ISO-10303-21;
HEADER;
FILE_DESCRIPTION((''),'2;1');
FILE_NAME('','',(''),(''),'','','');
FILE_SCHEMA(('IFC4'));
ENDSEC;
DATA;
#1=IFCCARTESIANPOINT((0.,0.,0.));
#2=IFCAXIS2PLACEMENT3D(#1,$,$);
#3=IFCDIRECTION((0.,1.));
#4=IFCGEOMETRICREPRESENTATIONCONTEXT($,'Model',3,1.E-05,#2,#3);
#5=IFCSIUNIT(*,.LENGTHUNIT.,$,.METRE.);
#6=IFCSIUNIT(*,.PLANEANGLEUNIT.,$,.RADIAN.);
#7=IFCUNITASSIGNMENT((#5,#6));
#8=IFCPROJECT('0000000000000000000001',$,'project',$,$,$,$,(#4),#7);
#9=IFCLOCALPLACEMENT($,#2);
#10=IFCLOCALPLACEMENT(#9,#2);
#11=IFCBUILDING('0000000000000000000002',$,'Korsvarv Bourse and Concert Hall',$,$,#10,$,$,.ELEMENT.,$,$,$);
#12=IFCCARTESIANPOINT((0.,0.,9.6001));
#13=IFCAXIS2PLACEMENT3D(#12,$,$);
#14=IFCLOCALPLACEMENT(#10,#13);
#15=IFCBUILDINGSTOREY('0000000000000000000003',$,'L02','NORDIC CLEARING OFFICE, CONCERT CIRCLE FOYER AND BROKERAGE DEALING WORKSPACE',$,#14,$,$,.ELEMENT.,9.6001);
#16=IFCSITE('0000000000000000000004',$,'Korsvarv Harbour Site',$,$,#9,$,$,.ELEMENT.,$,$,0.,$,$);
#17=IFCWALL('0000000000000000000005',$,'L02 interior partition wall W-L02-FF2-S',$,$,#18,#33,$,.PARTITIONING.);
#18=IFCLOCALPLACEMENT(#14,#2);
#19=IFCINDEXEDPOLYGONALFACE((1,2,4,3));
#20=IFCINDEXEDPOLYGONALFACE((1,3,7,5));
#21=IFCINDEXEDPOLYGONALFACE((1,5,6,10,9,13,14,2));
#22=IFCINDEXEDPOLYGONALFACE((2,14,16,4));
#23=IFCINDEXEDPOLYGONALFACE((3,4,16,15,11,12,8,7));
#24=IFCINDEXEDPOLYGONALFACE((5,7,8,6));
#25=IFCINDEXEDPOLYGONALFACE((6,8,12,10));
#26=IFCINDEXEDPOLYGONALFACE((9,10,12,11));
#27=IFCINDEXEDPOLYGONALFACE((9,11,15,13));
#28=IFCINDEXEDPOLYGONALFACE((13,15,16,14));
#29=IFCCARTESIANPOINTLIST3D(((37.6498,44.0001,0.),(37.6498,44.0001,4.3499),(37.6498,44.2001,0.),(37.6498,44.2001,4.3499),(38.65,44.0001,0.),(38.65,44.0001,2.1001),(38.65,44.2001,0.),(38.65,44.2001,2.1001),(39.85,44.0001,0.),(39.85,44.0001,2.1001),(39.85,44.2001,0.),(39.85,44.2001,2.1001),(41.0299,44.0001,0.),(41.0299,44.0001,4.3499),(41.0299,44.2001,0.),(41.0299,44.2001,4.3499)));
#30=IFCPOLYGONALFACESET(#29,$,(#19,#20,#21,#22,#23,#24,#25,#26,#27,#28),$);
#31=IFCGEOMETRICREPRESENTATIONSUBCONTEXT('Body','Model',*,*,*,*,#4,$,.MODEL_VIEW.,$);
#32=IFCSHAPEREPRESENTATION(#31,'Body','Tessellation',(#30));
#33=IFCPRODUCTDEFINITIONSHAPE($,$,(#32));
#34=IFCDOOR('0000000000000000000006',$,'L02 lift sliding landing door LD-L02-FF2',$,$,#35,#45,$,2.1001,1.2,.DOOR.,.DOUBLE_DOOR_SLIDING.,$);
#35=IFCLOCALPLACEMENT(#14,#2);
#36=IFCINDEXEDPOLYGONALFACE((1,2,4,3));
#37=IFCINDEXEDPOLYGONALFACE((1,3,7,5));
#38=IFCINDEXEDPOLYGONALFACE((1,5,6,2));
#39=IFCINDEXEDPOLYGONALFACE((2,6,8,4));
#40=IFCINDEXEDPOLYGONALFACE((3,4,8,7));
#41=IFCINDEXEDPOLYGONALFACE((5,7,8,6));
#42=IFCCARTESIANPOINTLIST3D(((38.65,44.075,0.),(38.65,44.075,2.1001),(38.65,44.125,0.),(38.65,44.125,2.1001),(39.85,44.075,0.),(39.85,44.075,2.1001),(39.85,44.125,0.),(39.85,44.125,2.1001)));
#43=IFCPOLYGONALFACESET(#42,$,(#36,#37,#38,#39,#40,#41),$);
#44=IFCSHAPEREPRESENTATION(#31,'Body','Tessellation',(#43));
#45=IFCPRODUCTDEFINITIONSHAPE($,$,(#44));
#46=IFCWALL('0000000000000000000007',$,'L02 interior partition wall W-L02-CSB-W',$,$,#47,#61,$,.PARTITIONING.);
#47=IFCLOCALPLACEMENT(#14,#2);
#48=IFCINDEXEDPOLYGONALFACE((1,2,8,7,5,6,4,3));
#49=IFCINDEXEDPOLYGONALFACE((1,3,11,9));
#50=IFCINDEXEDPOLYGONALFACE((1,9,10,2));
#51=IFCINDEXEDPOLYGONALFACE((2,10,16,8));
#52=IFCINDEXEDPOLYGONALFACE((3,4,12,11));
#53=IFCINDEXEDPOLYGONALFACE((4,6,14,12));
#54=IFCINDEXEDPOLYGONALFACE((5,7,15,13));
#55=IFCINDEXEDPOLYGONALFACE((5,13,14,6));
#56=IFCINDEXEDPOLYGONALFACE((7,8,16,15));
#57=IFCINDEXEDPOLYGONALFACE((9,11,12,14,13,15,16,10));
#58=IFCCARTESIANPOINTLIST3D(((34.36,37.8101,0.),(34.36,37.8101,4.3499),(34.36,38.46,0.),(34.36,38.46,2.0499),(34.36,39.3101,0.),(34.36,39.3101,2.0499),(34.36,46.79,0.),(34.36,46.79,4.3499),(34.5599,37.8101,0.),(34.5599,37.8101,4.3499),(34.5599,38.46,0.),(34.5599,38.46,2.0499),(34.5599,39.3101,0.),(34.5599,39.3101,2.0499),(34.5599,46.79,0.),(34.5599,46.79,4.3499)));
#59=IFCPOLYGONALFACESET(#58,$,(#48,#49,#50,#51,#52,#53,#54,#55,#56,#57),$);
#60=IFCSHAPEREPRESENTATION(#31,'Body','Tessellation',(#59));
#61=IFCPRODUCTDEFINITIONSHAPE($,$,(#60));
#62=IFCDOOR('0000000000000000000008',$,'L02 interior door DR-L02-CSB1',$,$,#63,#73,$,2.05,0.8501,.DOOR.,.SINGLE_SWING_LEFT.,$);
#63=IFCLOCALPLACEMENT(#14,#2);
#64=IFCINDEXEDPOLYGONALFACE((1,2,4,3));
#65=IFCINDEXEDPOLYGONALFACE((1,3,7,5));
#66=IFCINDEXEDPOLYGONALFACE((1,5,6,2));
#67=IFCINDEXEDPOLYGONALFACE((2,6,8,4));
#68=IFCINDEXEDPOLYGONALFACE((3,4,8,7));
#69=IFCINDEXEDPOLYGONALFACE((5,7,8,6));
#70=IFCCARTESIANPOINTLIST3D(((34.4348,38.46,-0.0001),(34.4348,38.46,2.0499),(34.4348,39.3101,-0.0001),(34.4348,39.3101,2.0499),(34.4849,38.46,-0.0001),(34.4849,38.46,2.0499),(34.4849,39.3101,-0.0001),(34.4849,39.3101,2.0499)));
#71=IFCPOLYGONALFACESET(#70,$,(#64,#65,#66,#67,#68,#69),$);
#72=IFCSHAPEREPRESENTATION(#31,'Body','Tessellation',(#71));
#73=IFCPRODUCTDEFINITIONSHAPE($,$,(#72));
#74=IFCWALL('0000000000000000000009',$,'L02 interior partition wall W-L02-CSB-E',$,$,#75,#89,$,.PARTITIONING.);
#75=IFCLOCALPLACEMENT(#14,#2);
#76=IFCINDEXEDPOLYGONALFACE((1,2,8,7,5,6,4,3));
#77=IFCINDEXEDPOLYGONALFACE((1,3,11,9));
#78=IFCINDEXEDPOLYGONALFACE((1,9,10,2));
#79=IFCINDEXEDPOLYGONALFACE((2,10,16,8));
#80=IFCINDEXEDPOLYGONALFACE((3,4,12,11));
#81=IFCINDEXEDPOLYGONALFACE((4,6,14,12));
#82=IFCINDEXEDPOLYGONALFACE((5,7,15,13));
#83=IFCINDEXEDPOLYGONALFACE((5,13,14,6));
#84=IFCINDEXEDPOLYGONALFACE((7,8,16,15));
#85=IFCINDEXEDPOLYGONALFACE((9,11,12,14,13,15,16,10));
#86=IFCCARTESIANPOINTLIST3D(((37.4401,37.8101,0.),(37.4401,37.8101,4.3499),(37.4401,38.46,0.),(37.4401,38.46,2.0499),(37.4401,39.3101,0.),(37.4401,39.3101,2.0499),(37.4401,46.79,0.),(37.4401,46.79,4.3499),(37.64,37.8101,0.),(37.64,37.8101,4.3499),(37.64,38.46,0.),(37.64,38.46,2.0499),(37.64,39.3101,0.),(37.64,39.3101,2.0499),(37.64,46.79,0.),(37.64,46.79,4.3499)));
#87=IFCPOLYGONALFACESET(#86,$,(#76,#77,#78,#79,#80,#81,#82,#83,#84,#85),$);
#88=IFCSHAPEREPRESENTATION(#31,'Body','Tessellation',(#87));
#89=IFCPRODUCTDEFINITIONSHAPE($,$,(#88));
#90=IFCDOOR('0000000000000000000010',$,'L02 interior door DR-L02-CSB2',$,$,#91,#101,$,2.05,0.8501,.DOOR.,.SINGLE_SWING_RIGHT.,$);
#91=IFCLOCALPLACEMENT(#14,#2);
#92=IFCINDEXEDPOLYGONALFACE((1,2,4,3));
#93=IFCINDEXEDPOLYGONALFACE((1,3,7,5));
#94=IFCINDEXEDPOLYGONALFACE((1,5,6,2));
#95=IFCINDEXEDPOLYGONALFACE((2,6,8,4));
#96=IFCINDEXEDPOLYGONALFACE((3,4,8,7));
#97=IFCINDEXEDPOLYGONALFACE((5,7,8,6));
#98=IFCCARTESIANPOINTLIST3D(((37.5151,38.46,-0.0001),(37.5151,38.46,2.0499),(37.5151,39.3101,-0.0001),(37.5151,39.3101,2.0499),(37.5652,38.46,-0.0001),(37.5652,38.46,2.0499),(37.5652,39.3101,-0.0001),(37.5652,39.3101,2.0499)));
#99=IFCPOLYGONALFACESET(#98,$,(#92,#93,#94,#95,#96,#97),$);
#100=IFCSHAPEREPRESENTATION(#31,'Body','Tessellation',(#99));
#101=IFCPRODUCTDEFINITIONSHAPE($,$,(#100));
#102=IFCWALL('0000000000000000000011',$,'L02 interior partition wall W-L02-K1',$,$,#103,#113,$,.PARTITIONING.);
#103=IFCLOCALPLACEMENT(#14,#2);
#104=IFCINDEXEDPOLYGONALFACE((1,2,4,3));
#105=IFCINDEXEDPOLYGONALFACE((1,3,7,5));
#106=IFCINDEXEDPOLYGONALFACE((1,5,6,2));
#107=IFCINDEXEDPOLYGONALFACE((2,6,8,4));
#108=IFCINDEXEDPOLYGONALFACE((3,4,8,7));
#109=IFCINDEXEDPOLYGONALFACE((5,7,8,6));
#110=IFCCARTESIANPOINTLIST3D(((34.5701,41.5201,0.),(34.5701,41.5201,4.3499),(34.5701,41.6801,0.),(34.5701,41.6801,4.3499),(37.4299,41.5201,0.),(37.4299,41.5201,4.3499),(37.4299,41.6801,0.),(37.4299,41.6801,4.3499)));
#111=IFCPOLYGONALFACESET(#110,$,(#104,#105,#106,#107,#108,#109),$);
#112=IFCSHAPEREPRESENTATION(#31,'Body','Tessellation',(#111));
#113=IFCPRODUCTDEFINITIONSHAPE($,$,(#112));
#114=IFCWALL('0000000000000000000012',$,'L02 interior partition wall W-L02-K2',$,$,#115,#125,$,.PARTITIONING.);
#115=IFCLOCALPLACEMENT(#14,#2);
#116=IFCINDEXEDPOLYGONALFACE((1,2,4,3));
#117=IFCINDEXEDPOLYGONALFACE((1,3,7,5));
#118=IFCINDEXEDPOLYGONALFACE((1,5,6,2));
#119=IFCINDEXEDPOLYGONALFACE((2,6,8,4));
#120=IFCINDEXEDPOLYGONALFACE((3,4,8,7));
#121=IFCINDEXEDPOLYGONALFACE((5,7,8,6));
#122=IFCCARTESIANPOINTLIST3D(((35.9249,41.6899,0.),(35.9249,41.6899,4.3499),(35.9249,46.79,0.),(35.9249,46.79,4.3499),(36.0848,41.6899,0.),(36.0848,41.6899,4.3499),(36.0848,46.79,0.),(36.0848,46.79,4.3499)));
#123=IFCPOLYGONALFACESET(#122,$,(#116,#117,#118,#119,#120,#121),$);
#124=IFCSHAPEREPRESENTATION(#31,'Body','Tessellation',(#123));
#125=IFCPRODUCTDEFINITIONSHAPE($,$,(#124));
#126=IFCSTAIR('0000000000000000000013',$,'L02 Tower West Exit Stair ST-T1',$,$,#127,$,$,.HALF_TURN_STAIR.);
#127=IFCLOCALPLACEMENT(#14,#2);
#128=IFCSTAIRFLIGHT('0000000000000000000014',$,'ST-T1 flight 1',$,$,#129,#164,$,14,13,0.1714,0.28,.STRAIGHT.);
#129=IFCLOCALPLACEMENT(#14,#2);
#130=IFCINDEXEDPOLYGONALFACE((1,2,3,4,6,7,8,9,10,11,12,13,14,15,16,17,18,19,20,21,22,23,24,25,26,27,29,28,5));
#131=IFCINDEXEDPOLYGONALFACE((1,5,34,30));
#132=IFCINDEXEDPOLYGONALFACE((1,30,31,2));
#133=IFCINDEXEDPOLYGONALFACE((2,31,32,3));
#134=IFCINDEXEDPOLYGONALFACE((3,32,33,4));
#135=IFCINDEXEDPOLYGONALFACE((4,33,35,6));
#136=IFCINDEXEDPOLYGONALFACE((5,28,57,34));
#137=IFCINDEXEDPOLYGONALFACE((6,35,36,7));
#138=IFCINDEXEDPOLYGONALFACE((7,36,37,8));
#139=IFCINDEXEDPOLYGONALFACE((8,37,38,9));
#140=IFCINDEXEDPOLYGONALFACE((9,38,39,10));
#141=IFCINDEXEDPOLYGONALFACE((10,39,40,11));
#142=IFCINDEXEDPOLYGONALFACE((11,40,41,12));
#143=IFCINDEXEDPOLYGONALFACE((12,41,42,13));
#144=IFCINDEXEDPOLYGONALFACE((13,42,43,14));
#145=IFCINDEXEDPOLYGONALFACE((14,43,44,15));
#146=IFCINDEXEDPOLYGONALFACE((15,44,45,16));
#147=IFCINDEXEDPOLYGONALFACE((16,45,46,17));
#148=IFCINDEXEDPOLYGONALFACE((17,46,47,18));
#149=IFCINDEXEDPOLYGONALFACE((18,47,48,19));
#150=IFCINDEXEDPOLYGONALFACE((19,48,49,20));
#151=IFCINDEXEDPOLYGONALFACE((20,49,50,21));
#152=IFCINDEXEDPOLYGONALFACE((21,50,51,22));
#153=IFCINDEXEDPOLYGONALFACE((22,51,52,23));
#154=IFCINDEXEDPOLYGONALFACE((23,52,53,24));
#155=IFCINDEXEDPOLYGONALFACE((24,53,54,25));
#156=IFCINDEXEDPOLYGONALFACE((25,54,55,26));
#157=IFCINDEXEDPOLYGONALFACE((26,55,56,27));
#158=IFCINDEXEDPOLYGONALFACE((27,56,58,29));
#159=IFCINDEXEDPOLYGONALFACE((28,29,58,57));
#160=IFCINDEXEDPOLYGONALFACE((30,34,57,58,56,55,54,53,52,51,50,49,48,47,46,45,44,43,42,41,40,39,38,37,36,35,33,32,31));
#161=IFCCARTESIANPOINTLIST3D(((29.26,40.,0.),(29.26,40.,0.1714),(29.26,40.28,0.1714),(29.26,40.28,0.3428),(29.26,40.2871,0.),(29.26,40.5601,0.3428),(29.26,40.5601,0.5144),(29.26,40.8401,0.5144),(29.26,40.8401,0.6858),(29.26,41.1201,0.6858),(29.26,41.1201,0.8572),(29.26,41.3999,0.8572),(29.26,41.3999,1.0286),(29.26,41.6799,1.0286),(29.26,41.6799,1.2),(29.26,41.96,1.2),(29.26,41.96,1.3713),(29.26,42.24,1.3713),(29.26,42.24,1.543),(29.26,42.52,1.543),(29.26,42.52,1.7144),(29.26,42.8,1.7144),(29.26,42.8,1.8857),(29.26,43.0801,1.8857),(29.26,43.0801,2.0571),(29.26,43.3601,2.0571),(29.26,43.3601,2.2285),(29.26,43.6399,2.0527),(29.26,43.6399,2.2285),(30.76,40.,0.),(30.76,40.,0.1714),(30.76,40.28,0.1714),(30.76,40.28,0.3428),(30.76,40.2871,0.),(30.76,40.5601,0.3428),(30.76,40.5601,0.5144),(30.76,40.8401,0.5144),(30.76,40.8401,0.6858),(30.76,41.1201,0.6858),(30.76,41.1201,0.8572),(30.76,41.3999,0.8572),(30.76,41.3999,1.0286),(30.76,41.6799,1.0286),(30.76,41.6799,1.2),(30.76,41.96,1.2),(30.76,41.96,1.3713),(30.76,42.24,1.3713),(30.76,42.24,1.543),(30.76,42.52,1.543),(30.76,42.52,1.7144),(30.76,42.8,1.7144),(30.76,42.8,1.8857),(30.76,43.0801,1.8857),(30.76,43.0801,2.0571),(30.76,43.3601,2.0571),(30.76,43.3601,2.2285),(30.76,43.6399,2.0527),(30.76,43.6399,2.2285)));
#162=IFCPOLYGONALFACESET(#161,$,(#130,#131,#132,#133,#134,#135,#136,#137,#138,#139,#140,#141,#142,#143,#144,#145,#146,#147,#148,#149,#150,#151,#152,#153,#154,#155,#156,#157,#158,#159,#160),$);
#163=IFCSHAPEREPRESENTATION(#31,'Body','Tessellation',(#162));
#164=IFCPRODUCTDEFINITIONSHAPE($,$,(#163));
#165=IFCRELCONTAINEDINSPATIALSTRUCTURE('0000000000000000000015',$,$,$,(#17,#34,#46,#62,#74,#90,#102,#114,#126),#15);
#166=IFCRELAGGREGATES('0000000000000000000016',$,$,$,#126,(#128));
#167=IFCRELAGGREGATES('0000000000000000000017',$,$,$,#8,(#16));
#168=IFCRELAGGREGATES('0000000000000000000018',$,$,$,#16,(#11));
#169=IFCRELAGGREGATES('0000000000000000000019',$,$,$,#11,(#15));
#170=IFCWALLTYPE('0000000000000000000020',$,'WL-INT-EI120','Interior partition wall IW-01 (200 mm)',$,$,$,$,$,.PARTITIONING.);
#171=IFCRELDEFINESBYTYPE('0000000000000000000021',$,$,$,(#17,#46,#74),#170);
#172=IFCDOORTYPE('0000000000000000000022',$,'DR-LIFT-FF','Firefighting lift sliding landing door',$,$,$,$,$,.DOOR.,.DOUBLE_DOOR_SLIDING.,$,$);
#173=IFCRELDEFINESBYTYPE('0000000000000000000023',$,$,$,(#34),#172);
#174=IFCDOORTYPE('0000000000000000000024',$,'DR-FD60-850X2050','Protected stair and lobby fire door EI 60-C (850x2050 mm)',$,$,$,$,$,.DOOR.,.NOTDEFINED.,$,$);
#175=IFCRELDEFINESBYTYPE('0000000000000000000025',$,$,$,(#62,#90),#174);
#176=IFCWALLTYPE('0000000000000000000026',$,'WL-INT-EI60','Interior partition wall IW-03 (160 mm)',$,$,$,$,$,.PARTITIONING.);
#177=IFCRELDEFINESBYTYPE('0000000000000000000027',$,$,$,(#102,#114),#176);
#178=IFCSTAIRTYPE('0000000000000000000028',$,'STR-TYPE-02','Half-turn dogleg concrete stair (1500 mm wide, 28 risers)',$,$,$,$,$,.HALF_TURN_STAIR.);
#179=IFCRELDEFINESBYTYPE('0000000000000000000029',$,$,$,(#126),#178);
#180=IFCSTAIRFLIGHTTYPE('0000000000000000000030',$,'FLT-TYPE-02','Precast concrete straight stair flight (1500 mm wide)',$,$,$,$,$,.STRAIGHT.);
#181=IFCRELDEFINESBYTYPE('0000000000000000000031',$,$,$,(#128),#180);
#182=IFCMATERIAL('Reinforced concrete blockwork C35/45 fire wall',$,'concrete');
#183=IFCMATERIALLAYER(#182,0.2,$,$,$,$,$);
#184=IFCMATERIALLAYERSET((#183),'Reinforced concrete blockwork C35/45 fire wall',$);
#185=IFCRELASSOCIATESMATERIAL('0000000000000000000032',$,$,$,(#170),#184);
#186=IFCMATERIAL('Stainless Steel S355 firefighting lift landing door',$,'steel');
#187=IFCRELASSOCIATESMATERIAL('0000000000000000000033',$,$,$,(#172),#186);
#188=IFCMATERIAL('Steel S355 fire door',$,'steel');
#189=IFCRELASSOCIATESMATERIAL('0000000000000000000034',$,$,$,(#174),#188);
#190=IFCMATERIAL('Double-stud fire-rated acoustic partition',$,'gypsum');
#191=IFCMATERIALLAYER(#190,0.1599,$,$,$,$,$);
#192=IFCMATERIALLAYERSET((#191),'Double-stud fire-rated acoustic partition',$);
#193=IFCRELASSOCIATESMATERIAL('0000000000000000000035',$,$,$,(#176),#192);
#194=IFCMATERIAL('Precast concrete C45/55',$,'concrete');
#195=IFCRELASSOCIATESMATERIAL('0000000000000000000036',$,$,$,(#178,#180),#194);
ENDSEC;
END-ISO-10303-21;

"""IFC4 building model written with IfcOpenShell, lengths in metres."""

from ifc_helpers import new_model, si_unit, direction, frame, frame_2d, origin, place, context, subcontext, project, spatial, polyline, rectangle, outline, extrude, material, layer, layer_set, type_object, element, fill, aggregate, save


model = new_model("IFC4")

# Units and contexts
model_context = context("Model", 3, precision=1e-05, world=origin(), true_north=direction((0.0, 1.0)))
body_context = subcontext(model_context, "Body", "Model", "MODEL_VIEW")
ifc_project = project(units=[si_unit("LENGTHUNIT", "METRE"), si_unit("PLANEANGLEUNIT", "RADIAN")], contexts=[model_context])

# Site, building, storey
site_placement = place(None, origin())
site = spatial("IfcSite", under=ifc_project, at=site_placement, Name="Korsvarv Harbour Site", CompositionType="ELEMENT", RefElevation=0.0)
building_placement = place(site_placement, origin())
building = spatial("IfcBuilding", under=site, at=building_placement, Name="Korsvarv Bourse and Concert Hall", CompositionType="ELEMENT")
storey_placement = place(building_placement, frame((0.0, 0.0, 9.6001)))
storey = spatial("IfcBuildingStorey", under=building, at=storey_placement, Name="L02", Description="NORDIC CLEARING OFFICE, CONCERT CIRCLE FOYER AND BROKERAGE DEALING WORKSPACE", CompositionType="ELEMENT", Elevation=9.6001)

# Shared definitions
ifc_material_1 = material(Name="Steel S355 fire door", Category="steel")

# Walls, openings, doors
ifc_material_2 = material(Name="Reinforced concrete blockwork C35/45 fire wall", Category="concrete")
ifc_layer_1 = layer(ifc_material_2, 0.2)
ifc_layer_set_1 = layer_set([ifc_layer_1], Name="Reinforced concrete blockwork C35/45 fire wall")
wall_type_1 = type_object("IfcWallType", Name="WL-INT-EI120", Description="Interior partition wall IW-01 (200 mm)", PredefinedType="PARTITIONING", material=ifc_layer_set_1)
ifc_material_3 = material(Name="Stainless Steel S355 firefighting lift landing door", Category="steel")
door_type_1 = type_object("IfcDoorType", Name="DR-LIFT-FF", Description="Firefighting lift sliding landing door", OperationType="DOUBLE_DOOR_SLIDING", PredefinedType="DOOR", material=ifc_material_3)
wall_1_placement = place(storey_placement, frame((37.6499, 44.1001, 0.0), z_axis=(0.0, 0.0, 1.0), x_axis=(1.0, 0.0, 0.0)))
wall_1 = element("IfcWall", 1, at=wall_1_placement, inside=storey, type_object=wall_type_1, Name="L02 interior partition wall W-L02-FF2-S", PredefinedType="PARTITIONING", context=body_context, shape_type="SweptSolid", body=[
    extrude(rectangle(XDim=3.3801, YDim=0.2, at=frame_2d((1.6899, 0.0))), origin(), (0.0, 0.0, 1.0), 4.3499),
])
opening_1_placement = place(wall_1_placement, frame((1.0, 0.0, 0.0)))
opening_1 = element("IfcOpeningElement", 2, at=opening_1_placement, cuts=wall_1, PredefinedType="OPENING", context=body_context, shape_type="SweptSolid", body=[
    extrude(rectangle(XDim=1.2, YDim=2.1001, at=frame_2d((0.6001, 1.05))), frame((0.0, 0.1099, 0.0), z_axis=(0.0, -1.0, 0.0), x_axis=(1.0, 0.0, 0.0)), (0.0, 0.0, 1.0), 0.22),
])
door_1_placement = place(opening_1_placement, origin())
door_1 = element("IfcDoor", 3, at=door_1_placement, inside=storey, type_object=door_type_1, Name="L02 lift sliding landing door LD-L02-FF2", OperationType="DOUBLE_DOOR_SLIDING", OverallHeight=2.1001, OverallWidth=1.2, PredefinedType="DOOR", context=body_context, shape_type="SweptSolid", body=[
    extrude(rectangle(XDim=1.2, YDim=2.1001, at=frame_2d((0.6001, 1.05))), frame((0.0, 0.0249, 0.0), z_axis=(0.0, -1.0, 0.0), x_axis=(1.0, 0.0, 0.0)), (0.0, 0.0, 1.0), 0.05),
])
fill(opening_1, door_1)
wall_2_placement = place(storey_placement, frame((34.46, 37.8101, 0.0), z_axis=(0.0, 0.0, 1.0), x_axis=(0.0, 1.0, 0.0)))
wall_2 = element("IfcWall", 4, at=wall_2_placement, inside=storey, type_object=wall_type_1, Name="L02 interior partition wall W-L02-CSB-W", PredefinedType="PARTITIONING", context=body_context, shape_type="SweptSolid", body=[
    extrude(rectangle(XDim=8.98, YDim=0.2, at=frame_2d((4.49, 0.0))), origin(), (0.0, 0.0, 1.0), 4.3499),
])
opening_2_placement = place(wall_2_placement, frame((0.6499, 0.0, 0.0)))
opening_2 = element("IfcOpeningElement", 5, at=opening_2_placement, cuts=wall_2, PredefinedType="OPENING", context=body_context, shape_type="SweptSolid", body=[
    extrude(rectangle(XDim=0.8501, YDim=2.05, at=frame_2d((0.425, 1.0249))), frame((0.0, 0.1099, 0.0), z_axis=(0.0, -1.0, 0.0), x_axis=(1.0, 0.0, 0.0)), (0.0, 0.0, 1.0), 0.22),
])
door_type_2 = type_object("IfcDoorType", Name="DR-FD60-850X2050", Description="Protected stair and lobby fire door EI 60-C (850x2050 mm)", OperationType="NOTDEFINED", PredefinedType="DOOR", material=ifc_material_1)
door_2_placement = place(opening_2_placement, frame((0.8501, 0.0, 0.0), z_axis=(0.0, 0.0, 1.0), x_axis=(-1.0, 0.0, 0.0)))
door_2 = element("IfcDoor", 6, at=door_2_placement, inside=storey, type_object=door_type_2, Name="L02 interior door DR-L02-CSB1", OperationType="SINGLE_SWING_LEFT", OverallHeight=2.05, OverallWidth=0.8501, PredefinedType="DOOR", context=body_context, shape_type="SweptSolid", body=[
    extrude(rectangle(XDim=0.8501, YDim=2.05, at=frame_2d((0.425, 1.0249))), frame((0.0, 0.0249, 0.0), z_axis=(0.0, -1.0, 0.0), x_axis=(1.0, 0.0, 0.0)), (0.0, 0.0, 1.0), 0.05),
])
fill(opening_2, door_2)
wall_3_placement = place(storey_placement, frame((37.54, 37.8101, 0.0), z_axis=(0.0, 0.0, 1.0), x_axis=(0.0, 1.0, 0.0)))
wall_3 = element("IfcWall", 7, at=wall_3_placement, inside=storey, type_object=wall_type_1, Name="L02 interior partition wall W-L02-CSB-E", PredefinedType="PARTITIONING", context=body_context, shape_type="SweptSolid", body=[
    extrude(rectangle(XDim=8.98, YDim=0.2, at=frame_2d((4.49, 0.0))), origin(), (0.0, 0.0, 1.0), 4.3499),
])
opening_3_placement = place(wall_3_placement, frame((0.6499, 0.0, 0.0)))
opening_3 = element("IfcOpeningElement", 8, at=opening_3_placement, cuts=wall_3, PredefinedType="OPENING", context=body_context, shape_type="SweptSolid", body=[
    extrude(rectangle(XDim=0.8501, YDim=2.05, at=frame_2d((0.425, 1.0249))), frame((0.0, 0.1099, 0.0), z_axis=(0.0, -1.0, 0.0), x_axis=(1.0, 0.0, 0.0)), (0.0, 0.0, 1.0), 0.22),
])
door_3_placement = place(opening_3_placement, origin())
door_3 = element("IfcDoor", 9, at=door_3_placement, inside=storey, type_object=door_type_2, Name="L02 interior door DR-L02-CSB2", OperationType="SINGLE_SWING_RIGHT", OverallHeight=2.05, OverallWidth=0.8501, PredefinedType="DOOR", context=body_context, shape_type="SweptSolid", body=[
    extrude(rectangle(XDim=0.8501, YDim=2.05, at=frame_2d((0.425, 1.0249))), frame((0.0, 0.0249, 0.0), z_axis=(0.0, -1.0, 0.0), x_axis=(1.0, 0.0, 0.0)), (0.0, 0.0, 1.0), 0.05),
])
fill(opening_3, door_3)

# Walls
ifc_material_4 = material(Name="Double-stud fire-rated acoustic partition", Category="gypsum")
ifc_layer_2 = layer(ifc_material_4, 0.1599)
ifc_layer_set_2 = layer_set([ifc_layer_2], Name="Double-stud fire-rated acoustic partition")
wall_type_2 = type_object("IfcWallType", Name="WL-INT-EI60", Description="Interior partition wall IW-03 (160 mm)", PredefinedType="PARTITIONING", material=ifc_layer_set_2)
wall_4_placement = place(storey_placement, frame((34.5701, 41.6001, 0.0), z_axis=(0.0, 0.0, 1.0), x_axis=(1.0, 0.0, 0.0)))
element("IfcWall", 10, at=wall_4_placement, inside=storey, type_object=wall_type_2, Name="L02 interior partition wall W-L02-K1", PredefinedType="PARTITIONING", context=body_context, shape_type="SweptSolid", body=[
    extrude(rectangle(XDim=2.8599, YDim=0.1599, at=frame_2d((1.4299, 0.0))), origin(), (0.0, 0.0, 1.0), 4.3499),
])
wall_5_placement = place(storey_placement, frame((36.0049, 41.6899, 0.0), z_axis=(0.0, 0.0, 1.0), x_axis=(0.0, 1.0, 0.0)))
element("IfcWall", 11, at=wall_5_placement, inside=storey, type_object=wall_type_2, Name="L02 interior partition wall W-L02-K2", PredefinedType="PARTITIONING", context=body_context, shape_type="SweptSolid", body=[
    extrude(rectangle(XDim=5.1001, YDim=0.1599, at=frame_2d((2.55, 0.0))), origin(), (0.0, 0.0, 1.0), 4.3499),
])

# Stair, stair flight
ifc_material_5 = material(Name="Precast concrete C45/55", Category="concrete")
stair_type = type_object("IfcStairType", Name="STR-TYPE-02", Description="Half-turn dogleg concrete stair (1500 mm wide, 28 risers)", PredefinedType="HALF_TURN_STAIR", material=ifc_material_5)
stair_placement = place(storey_placement, origin())
stair = element("IfcStair", 12, at=stair_placement, inside=storey, type_object=stair_type, Name="L02 Tower West Exit Stair ST-T1", PredefinedType="HALF_TURN_STAIR")
stair_flight_type = type_object("IfcStairFlightType", Name="FLT-TYPE-02", Description="Precast concrete straight stair flight (1500 mm wide)", PredefinedType="STRAIGHT", material=ifc_material_5)
stair_flight_1_placement = place(storey_placement, frame((30.01, 40.0, 0.0), z_axis=(0.0, 0.0, 1.0), x_axis=(0.0, 1.0, 0.0)))
stair_flight_1 = element("IfcStairFlight", 13, at=stair_flight_1_placement, type_object=stair_flight_type, Name="ST-T1 flight 1", NumberOfRisers=14, NumberOfTreads=13, PredefinedType="STRAIGHT", RiserHeight=0.1714, TreadLength=0.28, context=body_context, shape_type="SweptSolid", body=[
    extrude(outline(polyline([(0.0, 0.0), (0.0, 0.1714), (0.28, 0.1714), (0.28, 0.3428), (0.5601, 0.3428), (0.5601, 0.5144), (0.8401, 0.5144), (0.8401, 0.6858), (1.1201, 0.6858), (1.1201, 0.8572), (1.3999, 0.8572), (1.3999, 1.0286), (1.6799, 1.0286), (1.6799, 1.2), (1.96, 1.2), (1.96, 1.3713), (2.24, 1.3713), (2.24, 1.543), (2.52, 1.543), (2.52, 1.7144), (2.8, 1.7144), (2.8, 1.8857), (3.0801, 1.8857), (3.0801, 2.0571), (3.3601, 2.0571), (3.3601, 2.2285), (3.6399, 2.2285), (3.6399, 2.3999), (3.6399, 2.0527), (0.2871, 0.0), (0.0, 0.0)])), frame((0.0, 0.75, 0.0), z_axis=(0.0, -1.0, 0.0), x_axis=(1.0, 0.0, 0.0)), (0.0, 0.0, 1.0), 1.5),
])
aggregate(stair, [stair_flight_1])

save(model, "model.ifc")
